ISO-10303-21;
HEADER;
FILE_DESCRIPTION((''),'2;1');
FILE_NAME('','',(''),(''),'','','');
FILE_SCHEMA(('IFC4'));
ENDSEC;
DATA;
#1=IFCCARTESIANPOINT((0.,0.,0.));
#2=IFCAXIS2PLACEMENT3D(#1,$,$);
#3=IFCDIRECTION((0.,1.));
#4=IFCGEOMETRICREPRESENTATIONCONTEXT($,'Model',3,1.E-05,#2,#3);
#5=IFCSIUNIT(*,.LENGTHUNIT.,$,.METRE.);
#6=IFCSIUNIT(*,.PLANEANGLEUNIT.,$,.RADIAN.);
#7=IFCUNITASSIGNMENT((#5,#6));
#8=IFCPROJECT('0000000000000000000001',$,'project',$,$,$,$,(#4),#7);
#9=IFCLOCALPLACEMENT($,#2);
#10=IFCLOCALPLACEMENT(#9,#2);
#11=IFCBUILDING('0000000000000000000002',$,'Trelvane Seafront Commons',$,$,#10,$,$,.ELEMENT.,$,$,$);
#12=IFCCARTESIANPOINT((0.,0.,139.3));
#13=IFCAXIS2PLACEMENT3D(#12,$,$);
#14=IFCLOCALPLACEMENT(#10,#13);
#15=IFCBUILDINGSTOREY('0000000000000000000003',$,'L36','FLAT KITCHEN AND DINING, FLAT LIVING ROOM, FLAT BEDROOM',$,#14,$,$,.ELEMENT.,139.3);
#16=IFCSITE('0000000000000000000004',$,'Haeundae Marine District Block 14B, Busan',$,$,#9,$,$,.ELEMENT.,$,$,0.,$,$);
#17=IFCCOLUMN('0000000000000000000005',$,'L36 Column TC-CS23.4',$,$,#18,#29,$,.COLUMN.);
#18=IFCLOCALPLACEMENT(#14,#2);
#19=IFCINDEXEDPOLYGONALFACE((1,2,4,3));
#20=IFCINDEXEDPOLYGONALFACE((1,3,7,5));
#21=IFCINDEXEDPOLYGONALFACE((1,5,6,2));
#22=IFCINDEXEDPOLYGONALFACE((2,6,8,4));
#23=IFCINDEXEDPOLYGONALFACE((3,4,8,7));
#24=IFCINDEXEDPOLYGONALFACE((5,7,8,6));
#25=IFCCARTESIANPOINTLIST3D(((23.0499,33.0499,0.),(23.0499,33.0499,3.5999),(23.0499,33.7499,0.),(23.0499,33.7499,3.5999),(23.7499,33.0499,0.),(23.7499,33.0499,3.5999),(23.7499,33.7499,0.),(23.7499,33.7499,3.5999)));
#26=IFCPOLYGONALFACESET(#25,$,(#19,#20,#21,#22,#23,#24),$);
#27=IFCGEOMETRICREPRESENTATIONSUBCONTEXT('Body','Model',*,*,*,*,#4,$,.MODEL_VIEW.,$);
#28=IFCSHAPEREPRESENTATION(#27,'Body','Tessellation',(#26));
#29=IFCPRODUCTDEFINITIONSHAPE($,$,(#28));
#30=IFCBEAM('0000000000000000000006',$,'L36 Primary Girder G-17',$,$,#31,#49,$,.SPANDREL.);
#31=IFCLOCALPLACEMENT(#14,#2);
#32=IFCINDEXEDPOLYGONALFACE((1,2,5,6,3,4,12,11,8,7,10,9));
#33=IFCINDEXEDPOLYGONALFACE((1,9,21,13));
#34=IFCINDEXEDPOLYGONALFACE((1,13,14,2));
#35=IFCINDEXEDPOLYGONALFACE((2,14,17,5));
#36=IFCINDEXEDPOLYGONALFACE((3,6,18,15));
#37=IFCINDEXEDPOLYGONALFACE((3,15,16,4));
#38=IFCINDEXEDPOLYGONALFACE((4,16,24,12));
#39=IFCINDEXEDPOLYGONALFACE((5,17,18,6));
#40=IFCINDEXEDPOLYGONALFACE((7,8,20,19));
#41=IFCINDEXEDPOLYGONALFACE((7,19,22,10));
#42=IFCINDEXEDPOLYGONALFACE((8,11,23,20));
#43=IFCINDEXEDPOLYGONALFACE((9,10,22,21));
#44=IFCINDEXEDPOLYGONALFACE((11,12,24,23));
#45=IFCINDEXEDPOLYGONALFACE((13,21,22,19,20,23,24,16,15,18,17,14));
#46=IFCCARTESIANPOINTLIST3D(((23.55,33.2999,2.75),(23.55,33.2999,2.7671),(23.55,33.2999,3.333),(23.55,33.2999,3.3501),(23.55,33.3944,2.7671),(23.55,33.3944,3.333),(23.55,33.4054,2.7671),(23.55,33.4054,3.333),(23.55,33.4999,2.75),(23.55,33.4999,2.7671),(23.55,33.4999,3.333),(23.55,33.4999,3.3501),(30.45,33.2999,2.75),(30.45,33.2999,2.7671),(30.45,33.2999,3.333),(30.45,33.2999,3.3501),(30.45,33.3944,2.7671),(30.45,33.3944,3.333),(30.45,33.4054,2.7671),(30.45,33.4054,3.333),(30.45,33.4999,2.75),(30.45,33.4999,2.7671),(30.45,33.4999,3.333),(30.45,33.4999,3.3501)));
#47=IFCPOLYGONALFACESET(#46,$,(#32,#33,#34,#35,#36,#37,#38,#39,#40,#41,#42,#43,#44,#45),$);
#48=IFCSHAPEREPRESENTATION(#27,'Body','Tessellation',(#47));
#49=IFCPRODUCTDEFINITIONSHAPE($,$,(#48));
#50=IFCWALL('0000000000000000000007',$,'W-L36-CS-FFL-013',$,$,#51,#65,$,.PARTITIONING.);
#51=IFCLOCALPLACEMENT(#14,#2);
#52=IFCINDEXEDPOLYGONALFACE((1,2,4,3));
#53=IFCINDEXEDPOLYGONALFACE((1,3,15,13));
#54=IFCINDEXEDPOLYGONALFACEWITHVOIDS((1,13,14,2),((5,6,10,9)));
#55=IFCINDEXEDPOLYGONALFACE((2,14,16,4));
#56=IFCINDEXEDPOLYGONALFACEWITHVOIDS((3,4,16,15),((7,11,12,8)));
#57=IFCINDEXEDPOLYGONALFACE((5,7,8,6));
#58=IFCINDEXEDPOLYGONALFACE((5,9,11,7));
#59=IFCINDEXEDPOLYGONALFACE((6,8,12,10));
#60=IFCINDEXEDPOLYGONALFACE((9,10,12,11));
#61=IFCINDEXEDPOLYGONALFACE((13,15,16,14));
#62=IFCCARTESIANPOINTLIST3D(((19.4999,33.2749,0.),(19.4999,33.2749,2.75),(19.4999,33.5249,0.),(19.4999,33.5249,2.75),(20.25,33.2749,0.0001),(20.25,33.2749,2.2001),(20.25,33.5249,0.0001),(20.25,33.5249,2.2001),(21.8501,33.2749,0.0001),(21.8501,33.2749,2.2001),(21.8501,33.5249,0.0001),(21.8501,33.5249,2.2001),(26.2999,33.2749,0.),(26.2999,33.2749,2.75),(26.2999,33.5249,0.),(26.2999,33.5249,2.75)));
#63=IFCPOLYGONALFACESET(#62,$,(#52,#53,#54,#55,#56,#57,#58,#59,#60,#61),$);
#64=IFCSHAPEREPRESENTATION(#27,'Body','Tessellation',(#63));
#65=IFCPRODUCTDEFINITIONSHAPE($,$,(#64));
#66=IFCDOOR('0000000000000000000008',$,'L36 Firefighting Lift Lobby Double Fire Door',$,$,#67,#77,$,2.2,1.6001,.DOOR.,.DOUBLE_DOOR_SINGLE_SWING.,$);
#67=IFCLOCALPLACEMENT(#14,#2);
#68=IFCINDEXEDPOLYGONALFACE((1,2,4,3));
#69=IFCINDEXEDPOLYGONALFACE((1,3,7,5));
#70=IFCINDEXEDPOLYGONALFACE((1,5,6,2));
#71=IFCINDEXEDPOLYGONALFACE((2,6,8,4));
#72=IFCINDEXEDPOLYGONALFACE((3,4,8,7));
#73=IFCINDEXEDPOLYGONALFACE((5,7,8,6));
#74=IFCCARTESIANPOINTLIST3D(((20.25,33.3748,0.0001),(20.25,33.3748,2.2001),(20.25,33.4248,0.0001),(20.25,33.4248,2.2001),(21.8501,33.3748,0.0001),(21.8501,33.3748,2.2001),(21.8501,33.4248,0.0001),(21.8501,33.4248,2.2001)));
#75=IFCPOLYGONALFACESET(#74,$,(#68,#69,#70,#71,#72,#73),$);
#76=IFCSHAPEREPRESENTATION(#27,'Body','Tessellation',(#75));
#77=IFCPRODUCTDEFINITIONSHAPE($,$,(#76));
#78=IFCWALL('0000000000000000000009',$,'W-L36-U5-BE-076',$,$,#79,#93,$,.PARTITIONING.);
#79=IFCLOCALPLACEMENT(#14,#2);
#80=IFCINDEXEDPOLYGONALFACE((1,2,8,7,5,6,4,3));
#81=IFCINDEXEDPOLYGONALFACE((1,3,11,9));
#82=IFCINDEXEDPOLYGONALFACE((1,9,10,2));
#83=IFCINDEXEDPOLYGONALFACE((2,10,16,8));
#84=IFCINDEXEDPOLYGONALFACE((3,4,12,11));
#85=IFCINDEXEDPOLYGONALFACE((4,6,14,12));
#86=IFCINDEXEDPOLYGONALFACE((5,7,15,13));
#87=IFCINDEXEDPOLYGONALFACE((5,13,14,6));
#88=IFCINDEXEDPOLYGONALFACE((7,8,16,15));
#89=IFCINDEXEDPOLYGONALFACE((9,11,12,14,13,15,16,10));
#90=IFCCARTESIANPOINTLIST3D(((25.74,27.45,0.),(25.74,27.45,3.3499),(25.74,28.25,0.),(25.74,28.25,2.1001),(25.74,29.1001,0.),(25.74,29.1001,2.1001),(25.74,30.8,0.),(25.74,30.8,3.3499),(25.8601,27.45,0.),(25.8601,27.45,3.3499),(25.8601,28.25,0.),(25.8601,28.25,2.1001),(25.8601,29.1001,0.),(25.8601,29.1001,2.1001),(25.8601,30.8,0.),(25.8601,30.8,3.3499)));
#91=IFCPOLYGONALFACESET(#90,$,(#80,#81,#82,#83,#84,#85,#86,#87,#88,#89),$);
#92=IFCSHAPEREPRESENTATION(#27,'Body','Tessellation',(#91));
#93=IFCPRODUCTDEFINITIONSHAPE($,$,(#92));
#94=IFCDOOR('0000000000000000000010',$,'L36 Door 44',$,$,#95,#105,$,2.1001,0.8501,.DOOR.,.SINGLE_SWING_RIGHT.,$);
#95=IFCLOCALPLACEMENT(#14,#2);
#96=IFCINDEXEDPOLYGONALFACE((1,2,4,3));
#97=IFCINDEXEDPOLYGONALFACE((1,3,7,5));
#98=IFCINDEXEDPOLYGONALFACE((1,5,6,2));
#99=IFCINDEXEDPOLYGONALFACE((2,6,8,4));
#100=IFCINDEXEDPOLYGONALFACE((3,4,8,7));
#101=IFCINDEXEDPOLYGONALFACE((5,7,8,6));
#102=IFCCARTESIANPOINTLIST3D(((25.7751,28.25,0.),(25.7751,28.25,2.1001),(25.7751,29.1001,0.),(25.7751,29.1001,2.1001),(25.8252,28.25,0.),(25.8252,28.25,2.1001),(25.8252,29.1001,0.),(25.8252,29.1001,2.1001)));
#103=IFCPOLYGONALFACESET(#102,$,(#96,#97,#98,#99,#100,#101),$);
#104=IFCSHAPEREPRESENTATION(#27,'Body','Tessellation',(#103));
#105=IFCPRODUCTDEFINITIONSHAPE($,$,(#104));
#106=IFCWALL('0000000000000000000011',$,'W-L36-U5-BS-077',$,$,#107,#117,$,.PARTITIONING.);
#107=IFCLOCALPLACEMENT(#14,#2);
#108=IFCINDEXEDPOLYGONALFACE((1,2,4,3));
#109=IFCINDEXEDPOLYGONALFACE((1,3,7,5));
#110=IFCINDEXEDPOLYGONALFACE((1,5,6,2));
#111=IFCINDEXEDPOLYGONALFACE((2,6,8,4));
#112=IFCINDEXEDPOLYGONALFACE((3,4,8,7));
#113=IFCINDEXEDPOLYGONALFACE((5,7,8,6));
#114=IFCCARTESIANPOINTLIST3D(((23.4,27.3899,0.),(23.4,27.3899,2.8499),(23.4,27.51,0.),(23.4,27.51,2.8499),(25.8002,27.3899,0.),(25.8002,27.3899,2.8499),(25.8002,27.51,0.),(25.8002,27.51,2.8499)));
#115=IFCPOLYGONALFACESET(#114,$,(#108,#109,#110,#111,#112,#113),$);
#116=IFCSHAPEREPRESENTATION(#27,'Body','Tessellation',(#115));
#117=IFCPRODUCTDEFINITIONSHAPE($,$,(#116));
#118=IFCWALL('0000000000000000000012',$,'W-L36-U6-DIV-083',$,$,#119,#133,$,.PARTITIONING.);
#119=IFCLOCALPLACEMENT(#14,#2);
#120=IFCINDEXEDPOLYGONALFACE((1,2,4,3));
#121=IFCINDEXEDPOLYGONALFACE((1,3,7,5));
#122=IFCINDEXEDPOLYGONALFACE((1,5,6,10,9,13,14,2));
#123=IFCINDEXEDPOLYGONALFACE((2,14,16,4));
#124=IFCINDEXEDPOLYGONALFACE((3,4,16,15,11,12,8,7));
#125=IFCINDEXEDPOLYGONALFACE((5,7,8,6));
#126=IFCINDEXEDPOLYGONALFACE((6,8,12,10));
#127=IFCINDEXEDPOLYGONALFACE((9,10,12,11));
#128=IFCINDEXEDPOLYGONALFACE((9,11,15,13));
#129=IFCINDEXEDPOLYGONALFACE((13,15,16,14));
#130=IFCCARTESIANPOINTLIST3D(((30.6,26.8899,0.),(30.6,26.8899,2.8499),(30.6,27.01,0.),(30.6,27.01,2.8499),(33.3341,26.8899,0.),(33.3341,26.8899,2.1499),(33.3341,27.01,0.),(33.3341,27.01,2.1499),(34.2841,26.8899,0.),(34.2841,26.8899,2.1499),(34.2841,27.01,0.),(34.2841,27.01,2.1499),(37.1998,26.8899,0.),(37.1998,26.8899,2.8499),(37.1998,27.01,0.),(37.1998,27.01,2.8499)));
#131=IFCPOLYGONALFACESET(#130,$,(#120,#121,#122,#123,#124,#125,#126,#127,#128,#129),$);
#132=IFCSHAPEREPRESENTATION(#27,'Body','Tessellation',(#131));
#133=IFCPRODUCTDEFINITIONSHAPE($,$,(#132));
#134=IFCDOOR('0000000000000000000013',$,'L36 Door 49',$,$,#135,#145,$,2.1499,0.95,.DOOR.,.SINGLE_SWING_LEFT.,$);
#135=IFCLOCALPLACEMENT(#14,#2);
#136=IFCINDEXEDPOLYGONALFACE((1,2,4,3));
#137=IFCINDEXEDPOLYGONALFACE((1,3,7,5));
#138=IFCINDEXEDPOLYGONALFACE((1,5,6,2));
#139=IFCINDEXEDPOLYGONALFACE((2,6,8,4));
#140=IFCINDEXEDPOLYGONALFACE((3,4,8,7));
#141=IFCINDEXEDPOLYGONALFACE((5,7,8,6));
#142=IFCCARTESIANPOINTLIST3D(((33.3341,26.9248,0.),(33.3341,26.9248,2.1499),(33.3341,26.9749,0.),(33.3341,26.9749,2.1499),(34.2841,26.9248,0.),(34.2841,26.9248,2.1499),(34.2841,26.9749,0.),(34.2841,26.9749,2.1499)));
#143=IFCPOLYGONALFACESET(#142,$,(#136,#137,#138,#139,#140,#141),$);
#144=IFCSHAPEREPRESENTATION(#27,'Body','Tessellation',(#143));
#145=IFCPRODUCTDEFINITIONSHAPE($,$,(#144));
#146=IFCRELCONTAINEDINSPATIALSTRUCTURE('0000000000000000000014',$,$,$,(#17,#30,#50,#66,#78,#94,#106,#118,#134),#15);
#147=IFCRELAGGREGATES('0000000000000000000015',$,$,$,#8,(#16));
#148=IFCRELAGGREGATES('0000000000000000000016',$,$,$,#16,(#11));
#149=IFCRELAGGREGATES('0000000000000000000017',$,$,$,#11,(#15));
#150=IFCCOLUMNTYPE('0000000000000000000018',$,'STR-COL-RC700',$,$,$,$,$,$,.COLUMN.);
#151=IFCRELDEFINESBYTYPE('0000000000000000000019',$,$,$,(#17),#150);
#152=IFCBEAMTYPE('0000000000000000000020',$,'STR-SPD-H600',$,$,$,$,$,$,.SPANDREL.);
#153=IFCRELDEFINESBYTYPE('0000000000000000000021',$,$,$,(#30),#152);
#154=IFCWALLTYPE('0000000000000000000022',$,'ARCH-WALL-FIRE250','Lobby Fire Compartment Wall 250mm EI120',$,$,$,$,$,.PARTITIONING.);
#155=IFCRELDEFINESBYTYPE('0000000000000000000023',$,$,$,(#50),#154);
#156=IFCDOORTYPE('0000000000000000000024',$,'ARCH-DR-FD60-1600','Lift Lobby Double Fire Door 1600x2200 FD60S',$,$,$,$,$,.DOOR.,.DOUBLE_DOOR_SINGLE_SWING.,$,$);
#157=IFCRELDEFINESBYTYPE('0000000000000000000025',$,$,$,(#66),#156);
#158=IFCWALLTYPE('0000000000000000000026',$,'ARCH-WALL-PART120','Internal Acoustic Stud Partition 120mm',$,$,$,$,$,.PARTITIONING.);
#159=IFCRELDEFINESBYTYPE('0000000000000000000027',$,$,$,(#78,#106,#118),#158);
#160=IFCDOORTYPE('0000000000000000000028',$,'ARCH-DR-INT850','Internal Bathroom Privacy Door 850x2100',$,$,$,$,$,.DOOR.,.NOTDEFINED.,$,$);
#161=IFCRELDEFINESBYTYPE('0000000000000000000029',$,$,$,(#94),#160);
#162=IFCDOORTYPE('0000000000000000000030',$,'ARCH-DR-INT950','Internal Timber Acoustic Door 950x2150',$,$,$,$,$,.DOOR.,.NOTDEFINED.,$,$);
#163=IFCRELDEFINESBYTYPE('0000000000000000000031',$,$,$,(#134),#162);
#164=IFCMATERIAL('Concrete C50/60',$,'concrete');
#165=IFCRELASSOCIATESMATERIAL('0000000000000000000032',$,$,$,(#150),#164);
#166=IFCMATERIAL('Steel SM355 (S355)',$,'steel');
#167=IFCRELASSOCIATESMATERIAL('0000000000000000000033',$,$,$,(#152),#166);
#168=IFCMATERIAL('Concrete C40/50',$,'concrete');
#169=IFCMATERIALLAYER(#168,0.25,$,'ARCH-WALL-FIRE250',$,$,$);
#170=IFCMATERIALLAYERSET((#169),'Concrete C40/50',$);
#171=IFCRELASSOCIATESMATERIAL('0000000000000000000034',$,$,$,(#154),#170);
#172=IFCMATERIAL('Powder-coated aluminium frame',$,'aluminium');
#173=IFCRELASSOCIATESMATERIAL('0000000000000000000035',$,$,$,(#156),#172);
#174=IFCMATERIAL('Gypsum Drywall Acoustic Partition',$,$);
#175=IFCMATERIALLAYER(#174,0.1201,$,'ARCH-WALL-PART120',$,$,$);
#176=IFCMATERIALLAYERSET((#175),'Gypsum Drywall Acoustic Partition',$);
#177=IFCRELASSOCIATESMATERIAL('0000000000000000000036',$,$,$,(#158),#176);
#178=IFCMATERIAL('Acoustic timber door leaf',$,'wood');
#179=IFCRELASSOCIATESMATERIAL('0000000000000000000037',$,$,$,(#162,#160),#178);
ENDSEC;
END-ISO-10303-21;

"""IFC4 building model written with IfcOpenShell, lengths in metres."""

from ifc_helpers import new_model, si_unit, direction, frame, frame_2d, origin, origin_2d, place, context, subcontext, project, spatial, rectangle, i_section, extrude, source, transform, mapped, material, layer, layer_set, material_profile, profile_set, type_object, element, fill, save


model = new_model("IFC4")

# Units and contexts
model_context = context("Model", 3, precision=1e-05, world=origin(), true_north=direction((0.0, 1.0)))
body_context = subcontext(model_context, "Body", "Model", "MODEL_VIEW")
ifc_project = project(units=[si_unit("LENGTHUNIT", "METRE"), si_unit("PLANEANGLEUNIT", "RADIAN")], contexts=[model_context])

# Site, building, storey
site_placement = place(None, origin())
site = spatial("IfcSite", under=ifc_project, at=site_placement, Name="Haeundae Marine District Block 14B, Busan", CompositionType="ELEMENT", RefElevation=0.0)
building_placement = place(site_placement, origin())
building = spatial("IfcBuilding", under=site, at=building_placement, Name="Trelvane Seafront Commons", CompositionType="ELEMENT")
storey_placement = place(building_placement, frame((0.0, 0.0, 139.3)))
storey = spatial("IfcBuildingStorey", under=building, at=storey_placement, Name="L36", Description="FLAT KITCHEN AND DINING, FLAT LIVING ROOM, FLAT BEDROOM", CompositionType="ELEMENT", Elevation=139.3)

# Column
ifc_material_1 = material(Name="Concrete C50/60", Category="concrete")
ifc_material_profile_1 = material_profile(ifc_material_1, rectangle(XDim=0.7, YDim=0.7, at=origin_2d()), Name="RC-700x700")
ifc_profile_set_1 = profile_set([ifc_material_profile_1], Name="Concrete C50/60")
column_type = type_object("IfcColumnType", Name="STR-COL-RC700", PredefinedType="COLUMN", material=ifc_profile_set_1)
shared_shape_1 = source(origin(), body_context, "Body", "SweptSolid", [
    extrude(rectangle(XDim=0.7, YDim=0.7, at=origin_2d()), origin(), (0.0, 0.0, 1.0), 3.5999),
])
column_placement = place(storey_placement, frame((23.3999, 33.3999, 0.0), z_axis=(0.0, 0.0, 1.0), x_axis=(1.0, 0.0, 0.0)))
element("IfcColumn", 1, at=column_placement, inside=storey, type_object=column_type, Name="L36 Column TC-CS23.4", PredefinedType="COLUMN", context=body_context, shape_type="MappedRepresentation", body=[
    mapped(shared_shape_1, transform((0.0, 0.0, 0.0), x_axis=(1.0, 0.0, 0.0), y_axis=(0.0, 1.0, 0.0), z_axis=(0.0, 0.0, 1.0), scale=1.0)),
])

# Beam
ifc_material_2 = material(Name="Steel SM355 (S355)", Category="steel")
ifc_material_profile_2 = material_profile(ifc_material_2, i_section(OverallWidth=0.2, OverallDepth=0.6001, WebThickness=0.011, FlangeThickness=0.0171, at=origin_2d()), Name="H-600x200x11x17")
ifc_profile_set_2 = profile_set([ifc_material_profile_2], Name="Steel SM355 (S355)")
beam_type = type_object("IfcBeamType", Name="STR-SPD-H600", PredefinedType="SPANDREL", material=ifc_profile_set_2)
shared_shape_2 = source(origin(), body_context, "Body", "SweptSolid", [
    extrude(i_section(OverallWidth=0.2, OverallDepth=0.6001, WebThickness=0.011, FlangeThickness=0.0171, at=origin_2d()), origin(), (0.0, 0.0, 1.0), 6.8999),
])
beam_placement = place(storey_placement, frame((23.55, 33.3999, 3.05), z_axis=(1.0, 0.0, 0.0), x_axis=(0.0, 1.0, 0.0)))
element("IfcBeam", 2, at=beam_placement, inside=storey, type_object=beam_type, Name="L36 Primary Girder G-17", PredefinedType="SPANDREL", context=body_context, shape_type="MappedRepresentation", body=[
    mapped(shared_shape_2, transform((0.0, 0.0, 0.0), x_axis=(1.0, 0.0, 0.0), y_axis=(0.0, 1.0, 0.0), z_axis=(0.0, 0.0, 1.0), scale=1.0)),
])

# Walls, openings, doors
ifc_material_3 = material(Name="Concrete C40/50", Category="concrete")
ifc_layer_1 = layer(ifc_material_3, 0.25, Name="ARCH-WALL-FIRE250")
ifc_layer_set_1 = layer_set([ifc_layer_1], Name="Concrete C40/50")
wall_type_1 = type_object("IfcWallType", Name="ARCH-WALL-FIRE250", Description="Lobby Fire Compartment Wall 250mm EI120", PredefinedType="PARTITIONING", material=ifc_layer_set_1)
wall_1_placement = place(storey_placement, frame((19.5, 33.3999, 0.0), z_axis=(0.0, 0.0, 1.0), x_axis=(1.0, 0.0, 0.0)))
wall_1 = element("IfcWall", 3, at=wall_1_placement, inside=storey, type_object=wall_type_1, Name="W-L36-CS-FFL-013", PredefinedType="PARTITIONING", context=body_context, shape_type="SweptSolid", body=[
    extrude(rectangle(XDim=6.8, YDim=0.25, at=frame_2d((3.3999, 0.0))), origin(), (0.0, 0.0, 1.0), 2.75),
])
opening_1_placement = place(wall_1_placement, frame((0.75, 0.0, 0.0)))
opening_1 = element("IfcOpeningElement", 4, at=opening_1_placement, cuts=wall_1, PredefinedType="OPENING", context=body_context, shape_type="SweptSolid", body=[
    extrude(rectangle(XDim=1.6001, YDim=2.2, at=frame_2d((0.8, 1.1001))), frame((0.0, 0.135, 0.0), z_axis=(0.0, -1.0, 0.0), x_axis=(1.0, 0.0, 0.0)), (0.0, 0.0, 1.0), 0.27),
])
ifc_material_4 = material(Name="Powder-coated aluminium frame", Category="aluminium")
door_type_1 = type_object("IfcDoorType", Name="ARCH-DR-FD60-1600", Description="Lift Lobby Double Fire Door 1600x2200 FD60S", OperationType="DOUBLE_DOOR_SINGLE_SWING", PredefinedType="DOOR", material=ifc_material_4)
shared_shape_3 = source(origin(), body_context, "Body", "SweptSolid", [
    extrude(rectangle(XDim=1.6001, YDim=2.2, at=frame_2d((0.8, 1.1001))), frame((0.0, 0.0249, 0.0), z_axis=(0.0, -1.0, 0.0), x_axis=(1.0, 0.0, 0.0)), (0.0, 0.0, 1.0), 0.05),
])
door_1_placement = place(opening_1_placement, origin())
door_1 = element("IfcDoor", 5, at=door_1_placement, inside=storey, type_object=door_type_1, Name="L36 Firefighting Lift Lobby Double Fire Door", OperationType="DOUBLE_DOOR_SINGLE_SWING", OverallHeight=2.2, OverallWidth=1.6001, PredefinedType="DOOR", context=body_context, shape_type="MappedRepresentation", body=[
    mapped(shared_shape_3, transform((0.0, 0.0, 0.0), x_axis=(1.0, 0.0, 0.0), y_axis=(0.0, 1.0, 0.0), z_axis=(0.0, 0.0, 1.0), scale=1.0)),
])
fill(opening_1, door_1)
ifc_material_5 = material(Name="Gypsum Drywall Acoustic Partition")
ifc_layer_2 = layer(ifc_material_5, 0.1201, Name="ARCH-WALL-PART120")
ifc_layer_set_2 = layer_set([ifc_layer_2], Name="Gypsum Drywall Acoustic Partition")
wall_type_2 = type_object("IfcWallType", Name="ARCH-WALL-PART120", Description="Internal Acoustic Stud Partition 120mm", PredefinedType="PARTITIONING", material=ifc_layer_set_2)
ifc_material_6 = material(Name="Acoustic timber door leaf", Category="wood")
door_type_2 = type_object("IfcDoorType", Name="ARCH-DR-INT950", Description="Internal Timber Acoustic Door 950x2150", OperationType="NOTDEFINED", PredefinedType="DOOR", material=ifc_material_6)
shared_shape_4 = source(origin(), body_context, "Body", "SweptSolid", [
    extrude(rectangle(XDim=0.95, YDim=2.1499, at=frame_2d((0.4751, 1.075))), frame((0.0, 0.0249, 0.0), z_axis=(0.0, -1.0, 0.0), x_axis=(1.0, 0.0, 0.0)), (0.0, 0.0, 1.0), 0.05),
])
wall_2_placement = place(storey_placement, frame((25.8, 27.45, 0.0), z_axis=(0.0, 0.0, 1.0), x_axis=(0.0, 1.0, 0.0)))
wall_2 = element("IfcWall", 6, at=wall_2_placement, inside=storey, type_object=wall_type_2, Name="W-L36-U5-BE-076", PredefinedType="PARTITIONING", context=body_context, shape_type="SweptSolid", body=[
    extrude(rectangle(XDim=3.3501, YDim=0.1201, at=frame_2d((1.675, 0.0))), origin(), (0.0, 0.0, 1.0), 3.3499),
])
opening_2_placement = place(wall_2_placement, frame((0.8, 0.0, 0.0)))
opening_2 = element("IfcOpeningElement", 7, at=opening_2_placement, cuts=wall_2, PredefinedType="OPENING", context=body_context, shape_type="SweptSolid", body=[
    extrude(rectangle(XDim=0.8501, YDim=2.1001, at=frame_2d((0.425, 1.05))), frame((0.0, 0.0701, 0.0), z_axis=(0.0, -1.0, 0.0), x_axis=(1.0, 0.0, 0.0)), (0.0, 0.0, 1.0), 0.1401),
])
door_type_3 = type_object("IfcDoorType", Name="ARCH-DR-INT850", Description="Internal Bathroom Privacy Door 850x2100", OperationType="NOTDEFINED", PredefinedType="DOOR", material=ifc_material_6)
shared_shape_5 = source(origin(), body_context, "Body", "SweptSolid", [
    extrude(rectangle(XDim=0.8501, YDim=2.1001, at=frame_2d((0.425, 1.05))), frame((0.0, 0.0249, 0.0), z_axis=(0.0, -1.0, 0.0), x_axis=(1.0, 0.0, 0.0)), (0.0, 0.0, 1.0), 0.05),
])
door_2_placement = place(opening_2_placement, origin())
door_2 = element("IfcDoor", 8, at=door_2_placement, inside=storey, type_object=door_type_3, Name="L36 Door 44", OperationType="SINGLE_SWING_RIGHT", OverallHeight=2.1001, OverallWidth=0.8501, PredefinedType="DOOR", context=body_context, shape_type="MappedRepresentation", body=[
    mapped(shared_shape_5, transform((0.0, 0.0, 0.0), x_axis=(1.0, 0.0, 0.0), y_axis=(0.0, 1.0, 0.0), z_axis=(0.0, 0.0, 1.0), scale=1.0)),
])
fill(opening_2, door_2)

# Wall
wall_3_placement = place(storey_placement, frame((23.3999, 27.45, 0.0), z_axis=(0.0, 0.0, 1.0), x_axis=(1.0, 0.0, 0.0)))
element("IfcWall", 9, at=wall_3_placement, inside=storey, type_object=wall_type_2, Name="W-L36-U5-BS-077", PredefinedType="PARTITIONING", context=body_context, shape_type="SweptSolid", body=[
    extrude(rectangle(XDim=2.4001, YDim=0.1201, at=frame_2d((1.2002, 0.0))), origin(), (0.0, 0.0, 1.0), 2.8499),
])

# Wall, opening, door
wall_4_placement = place(storey_placement, frame((30.6001, 26.95, 0.0), z_axis=(0.0, 0.0, 1.0), x_axis=(1.0, 0.0, 0.0)))
wall_4 = element("IfcWall", 10, at=wall_4_placement, inside=storey, type_object=wall_type_2, Name="W-L36-U6-DIV-083", PredefinedType="PARTITIONING", context=body_context, shape_type="SweptSolid", body=[
    extrude(rectangle(XDim=6.5999, YDim=0.1201, at=frame_2d((3.2998, 0.0))), origin(), (0.0, 0.0, 1.0), 2.8499),
])
opening_3_placement = place(wall_4_placement, frame((2.7339, 0.0, 0.0)))
opening_3 = element("IfcOpeningElement", 11, at=opening_3_placement, cuts=wall_4, PredefinedType="OPENING", context=body_context, shape_type="SweptSolid", body=[
    extrude(rectangle(XDim=0.95, YDim=2.1499, at=frame_2d((0.4751, 1.075))), frame((0.0, 0.0701, 0.0), z_axis=(0.0, -1.0, 0.0), x_axis=(1.0, 0.0, 0.0)), (0.0, 0.0, 1.0), 0.1401),
])
door_3_placement = place(opening_3_placement, origin())
door_3 = element("IfcDoor", 12, at=door_3_placement, inside=storey, type_object=door_type_2, Name="L36 Door 49", OperationType="SINGLE_SWING_LEFT", OverallHeight=2.1499, OverallWidth=0.95, PredefinedType="DOOR", context=body_context, shape_type="MappedRepresentation", body=[
    mapped(shared_shape_4, transform((0.0, 0.0, 0.0), x_axis=(1.0, 0.0, 0.0), y_axis=(0.0, 1.0, 0.0), z_axis=(0.0, 0.0, 1.0), scale=1.0)),
])
fill(opening_3, door_3)

save(model, "model.ifc")
